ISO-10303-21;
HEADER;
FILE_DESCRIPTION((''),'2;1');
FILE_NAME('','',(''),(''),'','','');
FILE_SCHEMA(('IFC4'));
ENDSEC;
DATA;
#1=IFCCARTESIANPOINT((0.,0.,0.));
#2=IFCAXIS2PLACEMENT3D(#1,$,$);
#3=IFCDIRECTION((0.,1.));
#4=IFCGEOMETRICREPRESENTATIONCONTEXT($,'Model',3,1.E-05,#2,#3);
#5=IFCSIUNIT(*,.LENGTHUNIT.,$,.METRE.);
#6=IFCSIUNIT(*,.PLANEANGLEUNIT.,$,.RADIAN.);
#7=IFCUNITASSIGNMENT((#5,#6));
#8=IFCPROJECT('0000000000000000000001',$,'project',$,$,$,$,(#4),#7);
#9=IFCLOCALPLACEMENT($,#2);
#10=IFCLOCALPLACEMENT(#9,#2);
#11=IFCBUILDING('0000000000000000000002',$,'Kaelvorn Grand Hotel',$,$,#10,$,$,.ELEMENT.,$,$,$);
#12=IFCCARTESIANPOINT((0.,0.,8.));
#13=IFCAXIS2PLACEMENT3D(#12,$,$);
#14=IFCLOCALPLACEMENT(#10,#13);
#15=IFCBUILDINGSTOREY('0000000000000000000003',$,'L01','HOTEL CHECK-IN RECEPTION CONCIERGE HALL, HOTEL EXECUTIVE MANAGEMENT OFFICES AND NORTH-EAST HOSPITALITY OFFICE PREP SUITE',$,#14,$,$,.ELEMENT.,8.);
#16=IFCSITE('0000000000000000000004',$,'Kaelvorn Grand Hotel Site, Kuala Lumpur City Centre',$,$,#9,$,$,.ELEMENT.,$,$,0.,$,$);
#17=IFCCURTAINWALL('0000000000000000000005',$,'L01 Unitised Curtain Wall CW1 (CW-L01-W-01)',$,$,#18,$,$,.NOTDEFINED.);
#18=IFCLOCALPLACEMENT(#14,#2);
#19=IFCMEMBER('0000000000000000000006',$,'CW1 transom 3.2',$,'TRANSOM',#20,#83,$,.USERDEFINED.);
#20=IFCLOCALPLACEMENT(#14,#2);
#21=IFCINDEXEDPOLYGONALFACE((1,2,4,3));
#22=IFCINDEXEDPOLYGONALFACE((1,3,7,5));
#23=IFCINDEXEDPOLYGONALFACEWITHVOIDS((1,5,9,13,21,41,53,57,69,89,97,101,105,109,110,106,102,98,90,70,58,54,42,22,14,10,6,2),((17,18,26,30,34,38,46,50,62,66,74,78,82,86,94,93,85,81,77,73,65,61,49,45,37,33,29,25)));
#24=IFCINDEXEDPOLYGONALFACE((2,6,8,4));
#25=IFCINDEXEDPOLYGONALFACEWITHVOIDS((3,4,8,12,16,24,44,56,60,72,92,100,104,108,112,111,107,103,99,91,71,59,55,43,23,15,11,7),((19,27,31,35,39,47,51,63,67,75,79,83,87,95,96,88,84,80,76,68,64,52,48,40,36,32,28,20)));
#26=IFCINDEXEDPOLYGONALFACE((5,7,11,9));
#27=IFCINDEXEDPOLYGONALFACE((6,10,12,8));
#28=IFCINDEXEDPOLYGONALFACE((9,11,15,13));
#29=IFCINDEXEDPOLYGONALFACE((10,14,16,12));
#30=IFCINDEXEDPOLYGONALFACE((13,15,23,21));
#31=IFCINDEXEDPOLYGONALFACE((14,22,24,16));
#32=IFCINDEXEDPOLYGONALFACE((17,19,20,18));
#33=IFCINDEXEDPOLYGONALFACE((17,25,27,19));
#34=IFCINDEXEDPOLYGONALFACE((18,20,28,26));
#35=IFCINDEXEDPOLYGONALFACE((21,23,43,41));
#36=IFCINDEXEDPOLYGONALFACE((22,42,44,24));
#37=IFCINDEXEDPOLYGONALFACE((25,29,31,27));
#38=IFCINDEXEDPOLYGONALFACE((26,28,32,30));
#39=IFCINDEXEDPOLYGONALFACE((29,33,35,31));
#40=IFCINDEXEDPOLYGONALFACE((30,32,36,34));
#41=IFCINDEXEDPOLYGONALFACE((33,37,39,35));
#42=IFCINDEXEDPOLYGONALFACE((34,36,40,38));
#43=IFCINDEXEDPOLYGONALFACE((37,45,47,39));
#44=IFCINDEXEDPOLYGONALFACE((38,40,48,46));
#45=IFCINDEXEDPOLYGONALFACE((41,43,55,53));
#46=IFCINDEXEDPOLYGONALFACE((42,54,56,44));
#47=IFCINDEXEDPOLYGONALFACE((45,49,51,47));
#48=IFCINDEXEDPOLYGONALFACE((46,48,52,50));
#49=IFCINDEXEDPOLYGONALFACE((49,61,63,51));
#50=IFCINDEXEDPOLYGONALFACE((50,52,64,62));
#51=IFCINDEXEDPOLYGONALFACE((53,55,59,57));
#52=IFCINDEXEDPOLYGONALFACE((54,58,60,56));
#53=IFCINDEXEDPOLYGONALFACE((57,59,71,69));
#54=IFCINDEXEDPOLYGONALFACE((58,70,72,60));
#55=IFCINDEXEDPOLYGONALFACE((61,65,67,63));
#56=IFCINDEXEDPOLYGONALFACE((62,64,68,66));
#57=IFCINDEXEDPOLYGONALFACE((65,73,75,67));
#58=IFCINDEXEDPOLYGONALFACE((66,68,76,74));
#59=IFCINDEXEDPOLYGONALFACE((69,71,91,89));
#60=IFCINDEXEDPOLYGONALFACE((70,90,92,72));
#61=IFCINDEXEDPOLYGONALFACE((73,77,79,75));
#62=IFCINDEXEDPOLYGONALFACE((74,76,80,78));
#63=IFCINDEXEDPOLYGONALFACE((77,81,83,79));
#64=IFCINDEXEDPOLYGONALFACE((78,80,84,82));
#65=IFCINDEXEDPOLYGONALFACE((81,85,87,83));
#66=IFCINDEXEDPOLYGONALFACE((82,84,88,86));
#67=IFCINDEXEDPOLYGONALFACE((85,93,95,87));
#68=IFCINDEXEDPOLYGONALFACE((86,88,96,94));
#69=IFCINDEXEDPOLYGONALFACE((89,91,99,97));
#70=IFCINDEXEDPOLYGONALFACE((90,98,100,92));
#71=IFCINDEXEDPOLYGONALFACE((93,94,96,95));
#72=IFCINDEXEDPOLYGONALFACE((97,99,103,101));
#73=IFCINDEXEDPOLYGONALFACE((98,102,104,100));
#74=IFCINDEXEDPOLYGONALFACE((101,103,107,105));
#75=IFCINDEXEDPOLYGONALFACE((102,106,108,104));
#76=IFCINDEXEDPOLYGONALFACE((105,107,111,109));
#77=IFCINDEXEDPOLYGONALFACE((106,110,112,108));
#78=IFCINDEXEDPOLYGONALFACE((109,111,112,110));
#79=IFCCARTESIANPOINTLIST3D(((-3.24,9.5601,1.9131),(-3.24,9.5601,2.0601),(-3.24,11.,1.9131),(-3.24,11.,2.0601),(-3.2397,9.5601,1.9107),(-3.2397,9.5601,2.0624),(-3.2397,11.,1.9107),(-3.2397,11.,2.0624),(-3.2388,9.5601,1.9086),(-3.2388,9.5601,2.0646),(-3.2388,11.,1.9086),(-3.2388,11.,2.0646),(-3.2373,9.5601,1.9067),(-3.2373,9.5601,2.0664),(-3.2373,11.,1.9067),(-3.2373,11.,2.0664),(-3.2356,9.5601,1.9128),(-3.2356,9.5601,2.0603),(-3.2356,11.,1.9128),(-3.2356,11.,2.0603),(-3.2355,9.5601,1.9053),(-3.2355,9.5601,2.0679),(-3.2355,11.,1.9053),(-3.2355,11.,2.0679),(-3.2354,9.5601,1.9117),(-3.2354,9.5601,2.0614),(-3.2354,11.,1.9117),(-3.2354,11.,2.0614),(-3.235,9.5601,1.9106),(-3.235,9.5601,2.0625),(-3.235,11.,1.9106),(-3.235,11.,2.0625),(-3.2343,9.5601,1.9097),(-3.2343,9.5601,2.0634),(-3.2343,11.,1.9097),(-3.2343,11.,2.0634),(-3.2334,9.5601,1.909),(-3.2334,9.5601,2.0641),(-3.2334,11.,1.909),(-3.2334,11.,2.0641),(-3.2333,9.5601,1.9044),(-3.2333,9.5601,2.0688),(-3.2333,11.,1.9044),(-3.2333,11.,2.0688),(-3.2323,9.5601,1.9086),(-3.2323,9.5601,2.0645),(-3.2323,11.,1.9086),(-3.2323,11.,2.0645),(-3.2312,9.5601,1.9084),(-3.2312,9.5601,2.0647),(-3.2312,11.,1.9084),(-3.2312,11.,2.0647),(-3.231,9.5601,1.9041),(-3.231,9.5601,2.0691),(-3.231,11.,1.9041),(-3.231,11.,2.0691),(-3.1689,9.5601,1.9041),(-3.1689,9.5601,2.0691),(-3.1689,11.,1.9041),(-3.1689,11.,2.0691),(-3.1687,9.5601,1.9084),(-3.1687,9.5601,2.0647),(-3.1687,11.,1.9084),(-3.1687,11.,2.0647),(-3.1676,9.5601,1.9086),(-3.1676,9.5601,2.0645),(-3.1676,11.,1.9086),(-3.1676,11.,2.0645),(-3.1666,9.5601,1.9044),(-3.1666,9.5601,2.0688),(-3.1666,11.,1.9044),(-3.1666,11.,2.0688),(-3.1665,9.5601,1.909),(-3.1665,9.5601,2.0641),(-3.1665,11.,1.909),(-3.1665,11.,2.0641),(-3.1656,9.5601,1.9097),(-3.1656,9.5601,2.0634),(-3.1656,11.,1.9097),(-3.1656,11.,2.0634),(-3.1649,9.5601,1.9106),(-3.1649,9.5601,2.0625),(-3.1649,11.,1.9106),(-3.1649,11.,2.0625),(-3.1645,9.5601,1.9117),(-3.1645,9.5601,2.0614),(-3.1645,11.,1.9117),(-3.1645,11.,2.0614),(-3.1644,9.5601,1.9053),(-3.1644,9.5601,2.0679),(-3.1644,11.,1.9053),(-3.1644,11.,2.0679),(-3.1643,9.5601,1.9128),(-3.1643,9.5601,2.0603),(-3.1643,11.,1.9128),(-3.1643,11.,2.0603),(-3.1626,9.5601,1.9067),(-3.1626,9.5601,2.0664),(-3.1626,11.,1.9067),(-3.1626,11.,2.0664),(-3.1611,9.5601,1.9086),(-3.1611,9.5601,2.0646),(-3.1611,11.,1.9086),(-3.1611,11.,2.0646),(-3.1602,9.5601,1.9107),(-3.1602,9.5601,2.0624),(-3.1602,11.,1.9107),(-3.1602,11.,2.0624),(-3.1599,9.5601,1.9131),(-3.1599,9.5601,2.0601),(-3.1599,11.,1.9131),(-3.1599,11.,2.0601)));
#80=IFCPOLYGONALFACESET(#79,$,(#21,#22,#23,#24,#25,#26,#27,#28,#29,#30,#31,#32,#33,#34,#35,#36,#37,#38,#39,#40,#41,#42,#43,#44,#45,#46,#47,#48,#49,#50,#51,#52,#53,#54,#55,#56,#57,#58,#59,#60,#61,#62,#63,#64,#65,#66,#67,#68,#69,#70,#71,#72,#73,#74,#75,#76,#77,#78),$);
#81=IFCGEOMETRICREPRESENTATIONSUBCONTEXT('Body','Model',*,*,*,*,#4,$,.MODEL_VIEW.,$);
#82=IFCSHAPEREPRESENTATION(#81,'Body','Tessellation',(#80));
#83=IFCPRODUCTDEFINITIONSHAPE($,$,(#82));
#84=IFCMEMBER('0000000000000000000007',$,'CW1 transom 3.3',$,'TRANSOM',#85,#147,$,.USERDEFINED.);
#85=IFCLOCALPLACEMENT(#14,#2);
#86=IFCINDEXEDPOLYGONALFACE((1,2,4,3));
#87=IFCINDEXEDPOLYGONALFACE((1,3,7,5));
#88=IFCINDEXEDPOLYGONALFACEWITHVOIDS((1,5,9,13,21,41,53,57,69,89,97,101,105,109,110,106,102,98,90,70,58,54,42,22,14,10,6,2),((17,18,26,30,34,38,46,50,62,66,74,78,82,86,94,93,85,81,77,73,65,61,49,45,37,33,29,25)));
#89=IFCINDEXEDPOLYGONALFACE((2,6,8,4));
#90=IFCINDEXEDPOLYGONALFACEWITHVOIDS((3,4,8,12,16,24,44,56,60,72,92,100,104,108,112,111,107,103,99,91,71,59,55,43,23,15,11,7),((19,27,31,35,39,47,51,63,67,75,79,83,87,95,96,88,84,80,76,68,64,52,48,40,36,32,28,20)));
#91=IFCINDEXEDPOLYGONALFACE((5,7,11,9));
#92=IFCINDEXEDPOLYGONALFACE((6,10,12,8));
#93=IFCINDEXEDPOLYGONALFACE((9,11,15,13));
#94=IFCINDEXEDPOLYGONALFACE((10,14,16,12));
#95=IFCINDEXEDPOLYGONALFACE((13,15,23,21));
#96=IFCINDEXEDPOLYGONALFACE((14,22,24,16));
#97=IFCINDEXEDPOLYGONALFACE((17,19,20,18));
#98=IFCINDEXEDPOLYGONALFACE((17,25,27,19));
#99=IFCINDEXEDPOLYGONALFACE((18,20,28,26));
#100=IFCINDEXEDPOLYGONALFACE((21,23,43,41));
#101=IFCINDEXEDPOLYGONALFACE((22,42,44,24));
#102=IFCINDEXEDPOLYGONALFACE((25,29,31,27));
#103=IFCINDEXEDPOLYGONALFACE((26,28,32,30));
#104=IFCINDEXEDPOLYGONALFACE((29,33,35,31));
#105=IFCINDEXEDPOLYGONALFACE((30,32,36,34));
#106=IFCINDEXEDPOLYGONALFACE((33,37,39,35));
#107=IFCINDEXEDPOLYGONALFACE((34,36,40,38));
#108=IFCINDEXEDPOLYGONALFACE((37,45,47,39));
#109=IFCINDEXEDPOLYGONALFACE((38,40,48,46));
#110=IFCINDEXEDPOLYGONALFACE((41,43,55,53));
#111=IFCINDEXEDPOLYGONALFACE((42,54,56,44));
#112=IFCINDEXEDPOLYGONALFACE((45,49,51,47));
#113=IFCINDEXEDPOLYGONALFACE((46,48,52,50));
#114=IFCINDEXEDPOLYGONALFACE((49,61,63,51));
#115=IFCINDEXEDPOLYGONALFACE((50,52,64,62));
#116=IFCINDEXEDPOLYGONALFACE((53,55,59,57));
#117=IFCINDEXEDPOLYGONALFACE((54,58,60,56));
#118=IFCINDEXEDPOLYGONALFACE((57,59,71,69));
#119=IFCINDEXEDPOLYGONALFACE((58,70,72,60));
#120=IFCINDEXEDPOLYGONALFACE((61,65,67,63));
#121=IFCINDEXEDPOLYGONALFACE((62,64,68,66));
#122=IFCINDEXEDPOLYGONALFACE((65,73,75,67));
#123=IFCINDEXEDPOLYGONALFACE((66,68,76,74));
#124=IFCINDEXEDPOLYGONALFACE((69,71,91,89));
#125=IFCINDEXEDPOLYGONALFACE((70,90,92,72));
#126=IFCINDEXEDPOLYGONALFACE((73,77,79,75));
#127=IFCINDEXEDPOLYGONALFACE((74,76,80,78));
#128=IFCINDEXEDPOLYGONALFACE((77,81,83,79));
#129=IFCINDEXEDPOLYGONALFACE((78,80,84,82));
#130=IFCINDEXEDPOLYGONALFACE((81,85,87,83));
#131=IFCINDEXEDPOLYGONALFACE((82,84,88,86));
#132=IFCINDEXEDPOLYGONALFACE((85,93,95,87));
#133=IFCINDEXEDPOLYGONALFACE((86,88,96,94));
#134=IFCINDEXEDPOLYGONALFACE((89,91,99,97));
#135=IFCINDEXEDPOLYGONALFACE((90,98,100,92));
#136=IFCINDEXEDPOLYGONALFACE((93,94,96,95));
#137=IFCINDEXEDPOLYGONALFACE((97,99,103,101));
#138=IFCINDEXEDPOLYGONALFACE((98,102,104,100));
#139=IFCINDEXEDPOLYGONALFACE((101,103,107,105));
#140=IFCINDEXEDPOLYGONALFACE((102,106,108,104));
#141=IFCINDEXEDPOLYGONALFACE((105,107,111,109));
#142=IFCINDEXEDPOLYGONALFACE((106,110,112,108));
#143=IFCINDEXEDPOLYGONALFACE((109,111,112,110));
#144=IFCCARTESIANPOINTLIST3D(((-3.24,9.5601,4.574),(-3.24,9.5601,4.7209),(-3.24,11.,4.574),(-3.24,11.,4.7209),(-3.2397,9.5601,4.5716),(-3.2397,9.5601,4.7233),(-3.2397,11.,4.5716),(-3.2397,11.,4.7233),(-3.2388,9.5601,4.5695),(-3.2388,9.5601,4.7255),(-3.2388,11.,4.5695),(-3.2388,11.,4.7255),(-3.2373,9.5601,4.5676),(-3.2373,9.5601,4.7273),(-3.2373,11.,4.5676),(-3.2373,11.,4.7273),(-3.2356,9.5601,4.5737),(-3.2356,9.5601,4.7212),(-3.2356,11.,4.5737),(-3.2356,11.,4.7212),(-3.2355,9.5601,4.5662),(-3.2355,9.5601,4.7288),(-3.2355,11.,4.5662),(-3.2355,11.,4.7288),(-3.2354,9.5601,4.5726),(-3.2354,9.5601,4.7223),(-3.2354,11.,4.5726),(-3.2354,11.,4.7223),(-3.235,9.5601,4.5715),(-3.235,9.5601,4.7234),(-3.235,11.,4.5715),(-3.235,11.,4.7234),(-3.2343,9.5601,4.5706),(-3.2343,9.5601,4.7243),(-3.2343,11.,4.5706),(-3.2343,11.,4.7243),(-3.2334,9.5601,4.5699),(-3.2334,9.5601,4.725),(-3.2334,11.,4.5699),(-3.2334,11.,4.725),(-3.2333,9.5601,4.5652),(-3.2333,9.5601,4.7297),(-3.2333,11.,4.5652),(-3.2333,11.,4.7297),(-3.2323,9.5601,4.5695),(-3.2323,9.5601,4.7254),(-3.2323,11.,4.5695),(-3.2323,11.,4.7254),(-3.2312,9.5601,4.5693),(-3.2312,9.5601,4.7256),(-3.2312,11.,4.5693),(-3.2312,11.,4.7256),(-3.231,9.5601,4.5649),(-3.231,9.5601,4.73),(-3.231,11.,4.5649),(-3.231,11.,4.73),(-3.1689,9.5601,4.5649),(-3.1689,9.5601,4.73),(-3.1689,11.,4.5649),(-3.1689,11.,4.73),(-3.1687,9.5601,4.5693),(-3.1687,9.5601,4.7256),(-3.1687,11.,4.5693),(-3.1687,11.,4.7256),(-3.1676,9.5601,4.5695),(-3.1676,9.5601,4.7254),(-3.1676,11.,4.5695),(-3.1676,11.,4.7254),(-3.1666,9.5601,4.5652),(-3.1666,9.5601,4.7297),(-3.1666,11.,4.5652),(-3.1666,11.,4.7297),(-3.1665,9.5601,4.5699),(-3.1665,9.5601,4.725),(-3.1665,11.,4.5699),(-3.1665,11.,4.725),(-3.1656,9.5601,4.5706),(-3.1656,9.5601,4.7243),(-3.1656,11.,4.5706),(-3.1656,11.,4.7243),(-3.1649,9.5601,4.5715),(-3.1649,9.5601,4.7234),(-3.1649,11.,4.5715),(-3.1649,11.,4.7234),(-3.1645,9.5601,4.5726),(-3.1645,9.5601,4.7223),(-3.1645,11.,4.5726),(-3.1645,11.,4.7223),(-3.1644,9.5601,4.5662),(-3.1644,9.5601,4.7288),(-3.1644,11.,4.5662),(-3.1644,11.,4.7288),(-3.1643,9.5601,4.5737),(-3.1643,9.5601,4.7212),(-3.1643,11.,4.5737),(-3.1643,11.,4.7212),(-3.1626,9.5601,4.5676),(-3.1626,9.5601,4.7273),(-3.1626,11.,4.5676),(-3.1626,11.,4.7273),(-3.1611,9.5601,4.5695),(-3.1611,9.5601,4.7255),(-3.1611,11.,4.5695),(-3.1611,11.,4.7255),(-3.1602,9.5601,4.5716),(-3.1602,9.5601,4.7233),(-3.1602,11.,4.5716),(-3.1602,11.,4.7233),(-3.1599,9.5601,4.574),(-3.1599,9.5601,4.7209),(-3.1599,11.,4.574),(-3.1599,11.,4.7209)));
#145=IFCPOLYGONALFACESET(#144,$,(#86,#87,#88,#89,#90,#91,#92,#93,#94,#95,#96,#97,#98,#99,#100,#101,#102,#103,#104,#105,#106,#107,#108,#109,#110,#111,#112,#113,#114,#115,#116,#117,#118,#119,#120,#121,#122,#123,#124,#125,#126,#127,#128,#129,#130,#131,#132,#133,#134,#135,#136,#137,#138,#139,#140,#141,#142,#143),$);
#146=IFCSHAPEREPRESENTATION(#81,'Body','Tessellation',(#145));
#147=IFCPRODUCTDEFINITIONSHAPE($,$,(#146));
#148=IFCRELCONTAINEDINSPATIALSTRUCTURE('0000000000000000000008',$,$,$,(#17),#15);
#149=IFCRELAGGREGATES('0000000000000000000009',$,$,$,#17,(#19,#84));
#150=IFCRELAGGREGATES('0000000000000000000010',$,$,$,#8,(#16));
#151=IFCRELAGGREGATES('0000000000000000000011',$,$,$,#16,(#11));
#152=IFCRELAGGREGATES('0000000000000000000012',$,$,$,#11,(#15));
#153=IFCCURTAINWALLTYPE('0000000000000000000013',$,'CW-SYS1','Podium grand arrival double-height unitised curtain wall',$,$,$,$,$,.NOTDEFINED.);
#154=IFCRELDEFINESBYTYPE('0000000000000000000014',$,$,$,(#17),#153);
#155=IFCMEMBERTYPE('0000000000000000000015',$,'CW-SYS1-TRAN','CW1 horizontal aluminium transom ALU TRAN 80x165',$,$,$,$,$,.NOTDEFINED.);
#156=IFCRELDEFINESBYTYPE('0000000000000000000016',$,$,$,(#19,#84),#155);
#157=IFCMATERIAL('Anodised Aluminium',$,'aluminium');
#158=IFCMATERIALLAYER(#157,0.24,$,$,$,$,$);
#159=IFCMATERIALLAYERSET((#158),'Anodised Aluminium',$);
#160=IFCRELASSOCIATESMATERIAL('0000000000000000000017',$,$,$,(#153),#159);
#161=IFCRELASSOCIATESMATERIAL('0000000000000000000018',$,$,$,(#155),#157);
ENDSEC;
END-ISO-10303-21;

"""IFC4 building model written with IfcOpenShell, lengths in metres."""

from ifc_helpers import new_model, si_unit, direction, frame, origin, origin_2d, place, context, subcontext, project, spatial, hollow_rectangle, extrude, material, layer, layer_set, material_profile, profile_set, type_object, element, aggregate, save


model = new_model("IFC4")

# Units and contexts
model_context = context("Model", 3, precision=1e-05, world=origin(), true_north=direction((0.0, 1.0)))
body_context = subcontext(model_context, "Body", "Model", "MODEL_VIEW")
ifc_project = project(units=[si_unit("LENGTHUNIT", "METRE"), si_unit("PLANEANGLEUNIT", "RADIAN")], contexts=[model_context])

# Site, building, storey
site_placement = place(None, origin())
site = spatial("IfcSite", under=ifc_project, at=site_placement, Name="Kaelvorn Grand Hotel Site, Kuala Lumpur City Centre", CompositionType="ELEMENT", RefElevation=0.0)
building_placement = place(site_placement, origin())
building = spatial("IfcBuilding", under=site, at=building_placement, Name="Kaelvorn Grand Hotel", CompositionType="ELEMENT")
storey_placement = place(building_placement, frame((0.0, 0.0, 8.0)))
storey = spatial("IfcBuildingStorey", under=building, at=storey_placement, Name="L01", Description="HOTEL CHECK-IN RECEPTION CONCIERGE HALL, HOTEL EXECUTIVE MANAGEMENT OFFICES AND NORTH-EAST HOSPITALITY OFFICE PREP SUITE", CompositionType="ELEMENT", Elevation=8.0)

# Curtain wall, members
ifc_material_1 = material(Name="Anodised Aluminium", Category="aluminium")
ifc_layer_1 = layer(ifc_material_1, 0.24)
ifc_layer_set_1 = layer_set([ifc_layer_1], Name="Anodised Aluminium")
curtain_wall_type = type_object("IfcCurtainWallType", Name="CW-SYS1", Description="Podium grand arrival double-height unitised curtain wall", PredefinedType="NOTDEFINED", material=ifc_layer_set_1)
curtain_wall_placement = place(storey_placement, origin())
curtain_wall = element("IfcCurtainWall", 1, at=curtain_wall_placement, inside=storey, type_object=curtain_wall_type, Name="L01 Unitised Curtain Wall CW1 (CW-L01-W-01)", PredefinedType="NOTDEFINED")
ifc_material_profile_1 = material_profile(ifc_material_1, hollow_rectangle(XDim=0.0801, YDim=0.165, WallThickness=0.0044, InnerFilletRadius=0.0044, OuterFilletRadius=0.009, at=origin_2d()), Name="ALU TRAN 80x165")
ifc_profile_set_1 = profile_set([ifc_material_profile_1], Name="Anodised Aluminium")
member_type_1 = type_object("IfcMemberType", Name="CW-SYS1-TRAN", Description="CW1 horizontal aluminium transom ALU TRAN 80x165", PredefinedType="NOTDEFINED", material=ifc_profile_set_1)
member_1_placement = place(storey_placement, frame((-3.2, 11.0, 1.9866), z_axis=(0.0, -1.0, 0.0), x_axis=(1.0, 0.0, 0.0)))
member_1 = element("IfcMember", 2, at=member_1_placement, type_object=member_type_1, Name="CW1 transom 3.2", ObjectType="TRANSOM", PredefinedType="USERDEFINED", context=body_context, shape_type="SweptSolid", body=[
    extrude(hollow_rectangle(XDim=0.0801, YDim=0.165, WallThickness=0.0044, InnerFilletRadius=0.0044, OuterFilletRadius=0.009, at=origin_2d()), origin(), (0.0, 0.0, 1.0), 1.4399),
])
member_2_placement = place(storey_placement, frame((-3.2, 11.0, 4.6475), z_axis=(0.0, -1.0, 0.0), x_axis=(1.0, 0.0, 0.0)))
member_2 = element("IfcMember", 3, at=member_2_placement, type_object=member_type_1, Name="CW1 transom 3.3", ObjectType="TRANSOM", PredefinedType="USERDEFINED", context=body_context, shape_type="SweptSolid", body=[
    extrude(hollow_rectangle(XDim=0.0801, YDim=0.165, WallThickness=0.0044, InnerFilletRadius=0.0044, OuterFilletRadius=0.009, at=origin_2d()), origin(), (0.0, 0.0, 1.0), 1.4399),
])
aggregate(curtain_wall, [member_1, member_2])

save(model, "model.ifc")
